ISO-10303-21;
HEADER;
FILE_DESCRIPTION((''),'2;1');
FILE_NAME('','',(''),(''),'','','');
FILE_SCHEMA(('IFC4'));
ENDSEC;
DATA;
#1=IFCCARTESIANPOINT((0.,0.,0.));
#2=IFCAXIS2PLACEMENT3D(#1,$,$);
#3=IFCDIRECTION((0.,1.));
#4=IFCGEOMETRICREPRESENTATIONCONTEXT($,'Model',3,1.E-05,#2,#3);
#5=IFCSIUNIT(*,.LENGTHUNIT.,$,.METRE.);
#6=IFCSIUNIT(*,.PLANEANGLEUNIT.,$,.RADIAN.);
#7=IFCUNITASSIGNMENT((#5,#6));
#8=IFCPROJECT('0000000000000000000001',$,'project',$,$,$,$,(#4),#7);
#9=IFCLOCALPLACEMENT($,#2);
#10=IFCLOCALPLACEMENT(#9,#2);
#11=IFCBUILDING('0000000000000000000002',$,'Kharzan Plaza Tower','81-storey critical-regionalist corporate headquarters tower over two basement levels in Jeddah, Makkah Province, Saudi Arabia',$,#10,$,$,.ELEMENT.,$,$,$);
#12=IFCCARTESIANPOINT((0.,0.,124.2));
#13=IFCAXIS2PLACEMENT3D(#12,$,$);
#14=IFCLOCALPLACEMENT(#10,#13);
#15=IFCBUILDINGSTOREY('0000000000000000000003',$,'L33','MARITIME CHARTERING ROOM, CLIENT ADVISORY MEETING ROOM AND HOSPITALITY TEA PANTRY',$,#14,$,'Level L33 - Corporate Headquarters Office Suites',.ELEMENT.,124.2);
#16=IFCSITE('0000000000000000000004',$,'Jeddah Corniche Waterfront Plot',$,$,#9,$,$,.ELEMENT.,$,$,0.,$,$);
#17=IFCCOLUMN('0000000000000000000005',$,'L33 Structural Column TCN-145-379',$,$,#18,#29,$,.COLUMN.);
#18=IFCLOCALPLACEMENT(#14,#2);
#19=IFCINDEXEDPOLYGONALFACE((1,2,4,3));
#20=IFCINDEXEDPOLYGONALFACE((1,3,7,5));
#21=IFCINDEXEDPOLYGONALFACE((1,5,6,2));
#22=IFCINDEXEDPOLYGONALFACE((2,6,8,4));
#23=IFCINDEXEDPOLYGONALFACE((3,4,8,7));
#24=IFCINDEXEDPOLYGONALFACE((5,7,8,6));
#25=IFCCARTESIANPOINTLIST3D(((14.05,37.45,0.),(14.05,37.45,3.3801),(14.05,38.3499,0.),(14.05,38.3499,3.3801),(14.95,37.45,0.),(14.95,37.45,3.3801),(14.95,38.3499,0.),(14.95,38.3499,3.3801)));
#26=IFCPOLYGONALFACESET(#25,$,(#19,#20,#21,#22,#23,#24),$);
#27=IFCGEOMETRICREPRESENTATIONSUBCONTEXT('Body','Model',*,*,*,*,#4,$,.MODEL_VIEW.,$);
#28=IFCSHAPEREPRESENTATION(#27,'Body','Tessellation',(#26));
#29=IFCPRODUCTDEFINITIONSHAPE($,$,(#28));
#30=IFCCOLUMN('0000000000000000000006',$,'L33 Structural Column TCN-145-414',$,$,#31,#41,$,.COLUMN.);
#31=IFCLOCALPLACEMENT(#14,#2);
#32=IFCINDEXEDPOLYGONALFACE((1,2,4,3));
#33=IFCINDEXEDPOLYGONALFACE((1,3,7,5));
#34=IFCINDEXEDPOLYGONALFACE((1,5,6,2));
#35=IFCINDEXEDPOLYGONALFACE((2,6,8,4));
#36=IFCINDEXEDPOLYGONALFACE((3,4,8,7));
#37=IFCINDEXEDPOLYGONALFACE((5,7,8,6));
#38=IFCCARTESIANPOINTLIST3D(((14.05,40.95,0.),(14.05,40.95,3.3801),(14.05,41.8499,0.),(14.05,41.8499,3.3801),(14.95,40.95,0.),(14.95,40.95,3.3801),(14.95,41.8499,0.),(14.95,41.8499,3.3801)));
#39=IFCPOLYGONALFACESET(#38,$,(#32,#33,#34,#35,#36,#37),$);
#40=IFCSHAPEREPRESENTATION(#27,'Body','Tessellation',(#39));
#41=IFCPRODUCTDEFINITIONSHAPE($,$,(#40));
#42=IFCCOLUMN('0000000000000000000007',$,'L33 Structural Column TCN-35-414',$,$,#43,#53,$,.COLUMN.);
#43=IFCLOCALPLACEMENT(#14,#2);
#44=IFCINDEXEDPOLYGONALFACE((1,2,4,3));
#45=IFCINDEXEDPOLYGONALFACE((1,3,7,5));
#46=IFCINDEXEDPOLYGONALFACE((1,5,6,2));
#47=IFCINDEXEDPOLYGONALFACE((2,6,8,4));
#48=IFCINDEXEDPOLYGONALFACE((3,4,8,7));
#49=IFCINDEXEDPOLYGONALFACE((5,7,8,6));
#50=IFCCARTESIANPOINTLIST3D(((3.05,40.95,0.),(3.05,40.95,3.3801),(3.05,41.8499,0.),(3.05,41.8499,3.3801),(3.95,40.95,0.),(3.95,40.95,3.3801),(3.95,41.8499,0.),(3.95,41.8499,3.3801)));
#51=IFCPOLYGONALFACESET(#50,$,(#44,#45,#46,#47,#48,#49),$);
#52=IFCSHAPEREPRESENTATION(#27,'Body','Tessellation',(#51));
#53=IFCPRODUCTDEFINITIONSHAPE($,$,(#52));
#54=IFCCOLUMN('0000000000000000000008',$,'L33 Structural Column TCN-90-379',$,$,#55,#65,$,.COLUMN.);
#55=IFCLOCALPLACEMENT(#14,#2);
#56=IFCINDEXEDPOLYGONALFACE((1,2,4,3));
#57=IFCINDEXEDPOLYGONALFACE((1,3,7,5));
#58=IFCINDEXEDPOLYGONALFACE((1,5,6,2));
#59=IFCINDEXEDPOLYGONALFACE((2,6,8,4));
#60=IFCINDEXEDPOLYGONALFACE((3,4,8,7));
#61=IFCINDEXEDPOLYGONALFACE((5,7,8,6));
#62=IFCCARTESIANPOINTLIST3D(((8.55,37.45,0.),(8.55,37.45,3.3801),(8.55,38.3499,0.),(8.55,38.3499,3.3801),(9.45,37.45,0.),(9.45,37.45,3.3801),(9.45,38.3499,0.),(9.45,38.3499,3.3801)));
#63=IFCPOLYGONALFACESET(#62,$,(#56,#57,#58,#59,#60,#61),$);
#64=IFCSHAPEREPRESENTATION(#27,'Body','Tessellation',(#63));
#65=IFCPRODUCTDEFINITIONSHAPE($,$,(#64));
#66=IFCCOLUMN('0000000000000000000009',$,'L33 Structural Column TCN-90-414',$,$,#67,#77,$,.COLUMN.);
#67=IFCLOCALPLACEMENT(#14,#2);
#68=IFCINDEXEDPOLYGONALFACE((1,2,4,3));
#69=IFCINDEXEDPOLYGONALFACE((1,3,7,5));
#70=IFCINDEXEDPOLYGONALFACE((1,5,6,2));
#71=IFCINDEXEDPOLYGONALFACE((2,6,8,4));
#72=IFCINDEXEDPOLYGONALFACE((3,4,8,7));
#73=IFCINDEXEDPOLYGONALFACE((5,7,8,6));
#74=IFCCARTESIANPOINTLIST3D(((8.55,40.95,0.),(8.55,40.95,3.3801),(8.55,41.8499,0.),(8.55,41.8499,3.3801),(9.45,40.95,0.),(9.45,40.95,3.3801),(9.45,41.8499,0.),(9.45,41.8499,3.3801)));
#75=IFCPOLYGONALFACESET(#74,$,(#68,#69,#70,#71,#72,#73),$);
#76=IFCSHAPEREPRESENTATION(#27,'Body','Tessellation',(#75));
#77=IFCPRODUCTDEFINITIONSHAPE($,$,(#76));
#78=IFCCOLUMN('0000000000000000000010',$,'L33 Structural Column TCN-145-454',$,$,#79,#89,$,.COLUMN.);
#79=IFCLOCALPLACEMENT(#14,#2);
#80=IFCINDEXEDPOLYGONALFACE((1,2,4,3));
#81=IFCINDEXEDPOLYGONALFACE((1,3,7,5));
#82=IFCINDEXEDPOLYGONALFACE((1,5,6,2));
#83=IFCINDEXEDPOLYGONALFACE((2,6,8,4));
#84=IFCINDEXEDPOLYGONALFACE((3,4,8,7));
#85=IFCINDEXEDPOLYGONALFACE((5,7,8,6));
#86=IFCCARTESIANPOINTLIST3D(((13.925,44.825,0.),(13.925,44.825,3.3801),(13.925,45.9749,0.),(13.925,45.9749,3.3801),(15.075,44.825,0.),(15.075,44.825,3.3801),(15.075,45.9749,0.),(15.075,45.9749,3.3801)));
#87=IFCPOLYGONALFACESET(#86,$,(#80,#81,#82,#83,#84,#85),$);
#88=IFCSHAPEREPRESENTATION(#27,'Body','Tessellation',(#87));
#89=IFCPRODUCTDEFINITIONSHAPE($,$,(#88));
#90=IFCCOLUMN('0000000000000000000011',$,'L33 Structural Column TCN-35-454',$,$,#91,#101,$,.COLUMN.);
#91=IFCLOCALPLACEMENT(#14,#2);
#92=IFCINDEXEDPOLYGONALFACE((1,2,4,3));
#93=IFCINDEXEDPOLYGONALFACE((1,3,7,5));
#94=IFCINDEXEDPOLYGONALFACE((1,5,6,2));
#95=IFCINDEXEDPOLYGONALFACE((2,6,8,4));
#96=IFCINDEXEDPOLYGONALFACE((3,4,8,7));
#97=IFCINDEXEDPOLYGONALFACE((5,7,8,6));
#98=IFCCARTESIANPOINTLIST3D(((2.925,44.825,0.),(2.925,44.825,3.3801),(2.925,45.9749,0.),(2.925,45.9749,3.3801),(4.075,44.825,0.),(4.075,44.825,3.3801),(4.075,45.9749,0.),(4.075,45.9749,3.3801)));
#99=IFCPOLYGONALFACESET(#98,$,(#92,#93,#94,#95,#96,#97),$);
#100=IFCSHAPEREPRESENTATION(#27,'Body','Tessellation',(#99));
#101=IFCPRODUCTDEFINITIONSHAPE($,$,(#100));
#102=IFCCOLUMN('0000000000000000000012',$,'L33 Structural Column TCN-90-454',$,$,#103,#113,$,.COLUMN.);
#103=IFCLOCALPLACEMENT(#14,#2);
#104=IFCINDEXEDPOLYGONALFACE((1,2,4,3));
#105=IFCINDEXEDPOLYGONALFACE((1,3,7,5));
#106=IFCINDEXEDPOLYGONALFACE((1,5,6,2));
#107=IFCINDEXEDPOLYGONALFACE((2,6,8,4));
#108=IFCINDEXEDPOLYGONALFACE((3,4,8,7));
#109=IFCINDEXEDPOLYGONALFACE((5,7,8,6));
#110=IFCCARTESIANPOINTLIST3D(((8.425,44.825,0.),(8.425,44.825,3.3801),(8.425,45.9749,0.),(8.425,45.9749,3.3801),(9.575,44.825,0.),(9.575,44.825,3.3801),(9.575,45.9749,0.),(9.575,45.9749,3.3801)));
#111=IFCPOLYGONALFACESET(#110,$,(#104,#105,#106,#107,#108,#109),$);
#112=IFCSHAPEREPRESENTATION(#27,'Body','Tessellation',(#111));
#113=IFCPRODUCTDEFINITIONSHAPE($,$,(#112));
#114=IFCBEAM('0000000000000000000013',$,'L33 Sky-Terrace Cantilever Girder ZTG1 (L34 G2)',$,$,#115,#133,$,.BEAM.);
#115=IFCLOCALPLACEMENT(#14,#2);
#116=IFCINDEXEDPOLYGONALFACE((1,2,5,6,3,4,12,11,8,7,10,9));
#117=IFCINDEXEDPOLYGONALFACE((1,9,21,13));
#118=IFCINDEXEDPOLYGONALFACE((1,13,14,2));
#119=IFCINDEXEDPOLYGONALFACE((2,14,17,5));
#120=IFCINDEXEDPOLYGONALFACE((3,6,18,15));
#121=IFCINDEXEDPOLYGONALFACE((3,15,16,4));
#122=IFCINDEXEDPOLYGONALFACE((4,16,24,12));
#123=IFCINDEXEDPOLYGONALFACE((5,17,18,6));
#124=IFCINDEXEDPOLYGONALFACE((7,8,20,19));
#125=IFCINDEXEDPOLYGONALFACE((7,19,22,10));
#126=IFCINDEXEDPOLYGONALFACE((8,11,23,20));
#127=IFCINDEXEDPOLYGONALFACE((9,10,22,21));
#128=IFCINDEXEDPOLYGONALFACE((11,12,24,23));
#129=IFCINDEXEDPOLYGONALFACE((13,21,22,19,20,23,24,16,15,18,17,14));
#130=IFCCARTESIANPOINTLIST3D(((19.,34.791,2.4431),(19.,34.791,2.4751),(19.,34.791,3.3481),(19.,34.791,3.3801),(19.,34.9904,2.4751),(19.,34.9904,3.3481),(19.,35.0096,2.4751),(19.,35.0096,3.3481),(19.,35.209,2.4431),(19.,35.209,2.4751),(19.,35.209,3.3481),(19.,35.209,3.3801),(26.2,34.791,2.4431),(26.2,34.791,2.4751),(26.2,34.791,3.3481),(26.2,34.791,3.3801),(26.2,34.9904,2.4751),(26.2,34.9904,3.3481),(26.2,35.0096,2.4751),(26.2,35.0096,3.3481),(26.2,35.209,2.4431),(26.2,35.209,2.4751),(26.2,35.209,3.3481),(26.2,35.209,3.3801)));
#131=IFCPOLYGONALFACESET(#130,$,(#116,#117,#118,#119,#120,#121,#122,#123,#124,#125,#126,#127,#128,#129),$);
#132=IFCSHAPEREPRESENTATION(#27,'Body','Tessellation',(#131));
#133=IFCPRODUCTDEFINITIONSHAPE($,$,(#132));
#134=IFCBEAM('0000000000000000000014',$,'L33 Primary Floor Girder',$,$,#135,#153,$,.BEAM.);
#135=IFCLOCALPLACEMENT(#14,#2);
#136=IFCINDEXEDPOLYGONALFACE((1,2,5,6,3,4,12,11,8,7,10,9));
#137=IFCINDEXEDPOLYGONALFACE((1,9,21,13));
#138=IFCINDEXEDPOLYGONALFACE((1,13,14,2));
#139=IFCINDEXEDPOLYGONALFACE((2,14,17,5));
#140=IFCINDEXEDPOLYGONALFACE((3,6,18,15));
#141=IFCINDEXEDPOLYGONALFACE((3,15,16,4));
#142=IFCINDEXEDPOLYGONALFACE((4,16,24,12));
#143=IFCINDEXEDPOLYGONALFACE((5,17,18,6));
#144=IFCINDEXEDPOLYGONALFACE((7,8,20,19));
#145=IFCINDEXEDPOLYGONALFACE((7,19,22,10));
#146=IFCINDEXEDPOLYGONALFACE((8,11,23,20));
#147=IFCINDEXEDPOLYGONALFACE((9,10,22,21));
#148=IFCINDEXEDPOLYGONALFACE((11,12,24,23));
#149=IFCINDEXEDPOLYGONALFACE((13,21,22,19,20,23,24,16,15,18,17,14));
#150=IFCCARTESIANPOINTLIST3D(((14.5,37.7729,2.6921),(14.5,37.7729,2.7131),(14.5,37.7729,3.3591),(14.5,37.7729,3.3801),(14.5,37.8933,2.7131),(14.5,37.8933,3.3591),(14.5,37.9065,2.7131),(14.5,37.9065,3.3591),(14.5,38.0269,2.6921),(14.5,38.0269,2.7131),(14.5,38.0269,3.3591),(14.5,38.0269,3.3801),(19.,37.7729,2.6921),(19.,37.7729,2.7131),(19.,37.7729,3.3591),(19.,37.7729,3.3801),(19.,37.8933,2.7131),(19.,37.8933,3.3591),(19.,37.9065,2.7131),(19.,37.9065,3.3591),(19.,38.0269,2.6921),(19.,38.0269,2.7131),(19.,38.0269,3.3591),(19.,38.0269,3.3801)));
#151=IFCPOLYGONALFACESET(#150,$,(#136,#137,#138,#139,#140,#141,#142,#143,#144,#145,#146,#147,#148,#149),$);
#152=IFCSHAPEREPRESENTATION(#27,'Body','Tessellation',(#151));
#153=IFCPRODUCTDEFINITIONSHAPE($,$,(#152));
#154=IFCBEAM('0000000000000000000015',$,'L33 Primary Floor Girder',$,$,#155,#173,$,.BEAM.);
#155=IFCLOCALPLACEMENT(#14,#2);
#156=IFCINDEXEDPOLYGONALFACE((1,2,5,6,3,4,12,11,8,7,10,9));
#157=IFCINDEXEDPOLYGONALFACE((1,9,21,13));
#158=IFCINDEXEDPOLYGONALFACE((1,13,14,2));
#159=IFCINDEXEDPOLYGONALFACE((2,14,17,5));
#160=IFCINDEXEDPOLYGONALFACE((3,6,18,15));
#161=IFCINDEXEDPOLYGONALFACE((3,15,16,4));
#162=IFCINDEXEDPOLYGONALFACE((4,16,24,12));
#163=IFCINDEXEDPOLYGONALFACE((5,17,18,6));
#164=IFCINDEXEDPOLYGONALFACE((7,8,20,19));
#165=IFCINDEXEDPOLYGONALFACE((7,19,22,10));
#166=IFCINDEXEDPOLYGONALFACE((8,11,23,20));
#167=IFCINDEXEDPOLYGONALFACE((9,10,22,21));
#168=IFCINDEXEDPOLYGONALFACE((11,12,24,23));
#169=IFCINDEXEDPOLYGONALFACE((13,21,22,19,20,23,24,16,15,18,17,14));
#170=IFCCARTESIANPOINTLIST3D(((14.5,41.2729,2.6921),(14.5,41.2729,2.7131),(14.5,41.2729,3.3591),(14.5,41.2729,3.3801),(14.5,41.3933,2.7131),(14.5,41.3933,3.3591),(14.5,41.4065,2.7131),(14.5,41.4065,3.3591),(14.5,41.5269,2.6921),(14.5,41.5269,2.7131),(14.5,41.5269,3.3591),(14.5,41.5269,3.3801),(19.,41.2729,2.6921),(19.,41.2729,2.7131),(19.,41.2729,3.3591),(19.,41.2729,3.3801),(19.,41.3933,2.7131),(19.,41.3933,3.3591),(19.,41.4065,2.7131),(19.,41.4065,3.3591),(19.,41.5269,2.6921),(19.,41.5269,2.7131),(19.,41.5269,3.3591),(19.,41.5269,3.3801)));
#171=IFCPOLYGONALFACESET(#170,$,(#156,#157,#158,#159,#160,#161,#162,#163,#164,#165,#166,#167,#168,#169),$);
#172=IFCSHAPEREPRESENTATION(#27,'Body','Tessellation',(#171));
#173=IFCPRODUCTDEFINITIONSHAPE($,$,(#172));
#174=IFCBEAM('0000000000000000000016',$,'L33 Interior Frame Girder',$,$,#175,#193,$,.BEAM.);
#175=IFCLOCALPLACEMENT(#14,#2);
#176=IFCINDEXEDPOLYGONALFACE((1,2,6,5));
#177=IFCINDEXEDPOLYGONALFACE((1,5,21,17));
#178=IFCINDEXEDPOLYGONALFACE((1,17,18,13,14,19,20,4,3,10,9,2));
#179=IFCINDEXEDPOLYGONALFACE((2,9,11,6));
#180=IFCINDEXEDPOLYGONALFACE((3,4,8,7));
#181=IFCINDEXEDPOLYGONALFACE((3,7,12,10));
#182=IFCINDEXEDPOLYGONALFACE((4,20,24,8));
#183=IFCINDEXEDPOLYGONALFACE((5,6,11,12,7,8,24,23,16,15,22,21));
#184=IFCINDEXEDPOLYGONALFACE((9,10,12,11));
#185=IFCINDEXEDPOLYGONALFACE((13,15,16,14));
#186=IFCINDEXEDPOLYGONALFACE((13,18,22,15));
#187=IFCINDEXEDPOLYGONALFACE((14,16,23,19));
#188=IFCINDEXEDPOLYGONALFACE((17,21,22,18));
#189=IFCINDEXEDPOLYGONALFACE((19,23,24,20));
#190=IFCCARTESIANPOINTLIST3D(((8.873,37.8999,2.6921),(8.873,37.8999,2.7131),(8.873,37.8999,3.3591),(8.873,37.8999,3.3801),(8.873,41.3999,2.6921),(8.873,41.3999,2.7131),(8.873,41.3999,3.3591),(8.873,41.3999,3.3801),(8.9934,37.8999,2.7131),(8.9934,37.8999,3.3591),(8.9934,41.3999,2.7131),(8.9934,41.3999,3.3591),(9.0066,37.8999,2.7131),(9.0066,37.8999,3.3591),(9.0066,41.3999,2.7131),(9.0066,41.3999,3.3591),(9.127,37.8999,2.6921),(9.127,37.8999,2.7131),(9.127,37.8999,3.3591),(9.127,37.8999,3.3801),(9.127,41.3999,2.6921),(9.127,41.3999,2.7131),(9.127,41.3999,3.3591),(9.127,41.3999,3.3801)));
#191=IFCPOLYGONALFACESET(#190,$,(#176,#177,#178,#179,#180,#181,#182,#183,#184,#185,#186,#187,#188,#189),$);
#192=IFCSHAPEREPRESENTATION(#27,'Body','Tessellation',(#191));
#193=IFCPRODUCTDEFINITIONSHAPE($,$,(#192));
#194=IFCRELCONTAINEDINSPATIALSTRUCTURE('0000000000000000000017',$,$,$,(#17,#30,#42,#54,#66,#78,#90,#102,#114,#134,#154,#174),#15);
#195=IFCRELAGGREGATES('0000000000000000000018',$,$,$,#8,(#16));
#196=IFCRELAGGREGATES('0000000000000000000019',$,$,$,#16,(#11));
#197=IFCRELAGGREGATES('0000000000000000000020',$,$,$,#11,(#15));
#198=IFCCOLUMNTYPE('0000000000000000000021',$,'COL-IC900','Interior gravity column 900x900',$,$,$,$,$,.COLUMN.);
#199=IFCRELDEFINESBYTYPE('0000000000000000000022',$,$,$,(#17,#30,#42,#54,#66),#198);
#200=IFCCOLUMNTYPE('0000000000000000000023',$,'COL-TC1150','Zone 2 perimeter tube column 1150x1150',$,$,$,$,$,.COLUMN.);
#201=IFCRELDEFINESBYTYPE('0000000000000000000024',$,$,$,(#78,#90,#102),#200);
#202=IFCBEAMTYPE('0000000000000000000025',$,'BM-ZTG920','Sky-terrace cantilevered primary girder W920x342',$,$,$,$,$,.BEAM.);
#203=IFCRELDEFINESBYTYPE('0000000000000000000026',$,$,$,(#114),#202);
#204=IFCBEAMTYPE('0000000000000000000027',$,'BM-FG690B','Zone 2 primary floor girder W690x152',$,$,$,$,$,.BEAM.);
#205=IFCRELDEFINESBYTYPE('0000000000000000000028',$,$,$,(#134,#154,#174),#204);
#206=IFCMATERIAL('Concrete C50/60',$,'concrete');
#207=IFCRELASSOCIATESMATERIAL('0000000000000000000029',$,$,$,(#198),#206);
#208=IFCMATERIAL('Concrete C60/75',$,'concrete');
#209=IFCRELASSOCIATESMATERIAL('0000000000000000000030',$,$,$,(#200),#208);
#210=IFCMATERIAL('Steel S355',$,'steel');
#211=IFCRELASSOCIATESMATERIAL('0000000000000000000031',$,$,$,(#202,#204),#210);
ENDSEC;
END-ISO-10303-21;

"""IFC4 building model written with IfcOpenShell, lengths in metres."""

from ifc_helpers import new_model, si_unit, direction, frame, origin, origin_2d, place, context, subcontext, project, spatial, rectangle, i_section, extrude, source, transform, mapped, material, material_profile, profile_set, type_object, element, save


model = new_model("IFC4")

# Units and contexts
model_context = context("Model", 3, precision=1e-05, world=origin(), true_north=direction((0.0, 1.0)))
body_context = subcontext(model_context, "Body", "Model", "MODEL_VIEW")
ifc_project = project(units=[si_unit("LENGTHUNIT", "METRE"), si_unit("PLANEANGLEUNIT", "RADIAN")], contexts=[model_context])

# Site, building, storey
site_placement = place(None, origin())
site = spatial("IfcSite", under=ifc_project, at=site_placement, Name="Jeddah Corniche Waterfront Plot", CompositionType="ELEMENT", RefElevation=0.0)
building_placement = place(site_placement, origin())
building = spatial("IfcBuilding", under=site, at=building_placement, Name="Kharzan Plaza Tower", Description="81-storey critical-regionalist corporate headquarters tower over two basement levels in Jeddah, Makkah Province, Saudi Arabia", CompositionType="ELEMENT")
storey_placement = place(building_placement, frame((0.0, 0.0, 124.2)))
storey = spatial("IfcBuildingStorey", under=building, at=storey_placement, Name="L33", Description="MARITIME CHARTERING ROOM, CLIENT ADVISORY MEETING ROOM AND HOSPITALITY TEA PANTRY", LongName="Level L33 - Corporate Headquarters Office Suites", CompositionType="ELEMENT", Elevation=124.2)

# Columns
ifc_material_1 = material(Name="Concrete C50/60", Category="concrete")
ifc_material_profile_1 = material_profile(ifc_material_1, rectangle(XDim=0.8999, YDim=0.8999, at=origin_2d()), Name="RC-IC900x900")
ifc_profile_set_1 = profile_set([ifc_material_profile_1], Name="Concrete C50/60")
column_type_1 = type_object("IfcColumnType", Name="COL-IC900", Description="Interior gravity column 900x900", PredefinedType="COLUMN", material=ifc_profile_set_1)
shared_shape_1 = source(origin(), body_context, "Body", "SweptSolid", [
    extrude(rectangle(XDim=0.8999, YDim=0.8999, at=origin_2d()), origin(), (0.0, 0.0, 1.0), 3.3801),
])
for number, where, z_axis, x_axis, name in (
    (1, (14.5, 37.8999, 0.0), (0.0, 0.0, 1.0), (1.0, 0.0, 0.0), "L33 Structural Column TCN-145-379"),
    (2, (14.5, 41.3999, 0.0), (0.0, 0.0, 1.0), (1.0, 0.0, 0.0), "L33 Structural Column TCN-145-414"),
    (3, (3.5, 41.3999, 0.0), (0.0, 0.0, 1.0), (1.0, 0.0, 0.0), "L33 Structural Column TCN-35-414"),
    (4, (9.0, 37.8999, 0.0), (0.0, 0.0, 1.0), (1.0, 0.0, 0.0), "L33 Structural Column TCN-90-379"),
    (5, (9.0, 41.3999, 0.0), (0.0, 0.0, 1.0), (1.0, 0.0, 0.0), "L33 Structural Column TCN-90-414"),
):
    element("IfcColumn", number, at=place(storey_placement, frame(where, z_axis=z_axis, x_axis=x_axis)), inside=storey, type_object=column_type_1, Name=name, PredefinedType="COLUMN", context=body_context, shape_type="MappedRepresentation", body=[
        mapped(shared_shape_1, transform((0.0, 0.0, 0.0), x_axis=(1.0, 0.0, 0.0), y_axis=(0.0, 1.0, 0.0), z_axis=(0.0, 0.0, 1.0))),
    ])
ifc_material_2 = material(Name="Concrete C60/75", Category="concrete")
ifc_material_profile_2 = material_profile(ifc_material_2, rectangle(XDim=1.1499, YDim=1.1499, at=origin_2d()), Name="RC-TC1150x1150")
ifc_profile_set_2 = profile_set([ifc_material_profile_2], Name="Concrete C60/75")
column_type_2 = type_object("IfcColumnType", Name="COL-TC1150", Description="Zone 2 perimeter tube column 1150x1150", PredefinedType="COLUMN", material=ifc_profile_set_2)
shared_shape_2 = source(origin(), body_context, "Body", "SweptSolid", [
    extrude(rectangle(XDim=1.1499, YDim=1.1499, at=origin_2d()), origin(), (0.0, 0.0, 1.0), 3.3801),
])
for number, where, z_axis, x_axis, name in (
    (6, (14.5, 45.3999, 0.0), (0.0, 0.0, 1.0), (1.0, 0.0, 0.0), "L33 Structural Column TCN-145-454"),
    (7, (3.5, 45.3999, 0.0), (0.0, 0.0, 1.0), (1.0, 0.0, 0.0), "L33 Structural Column TCN-35-454"),
    (8, (9.0, 45.3999, 0.0), (0.0, 0.0, 1.0), (1.0, 0.0, 0.0), "L33 Structural Column TCN-90-454"),
):
    element("IfcColumn", number, at=place(storey_placement, frame(where, z_axis=z_axis, x_axis=x_axis)), inside=storey, type_object=column_type_2, Name=name, PredefinedType="COLUMN", context=body_context, shape_type="MappedRepresentation", body=[
        mapped(shared_shape_2, transform((0.0, 0.0, 0.0), x_axis=(1.0, 0.0, 0.0), y_axis=(0.0, 1.0, 0.0), z_axis=(0.0, 0.0, 1.0))),
    ])

# Beams
ifc_material_3 = material(Name="Steel S355", Category="steel")
ifc_material_profile_3 = material_profile(ifc_material_3, i_section(OverallWidth=0.418, OverallDepth=0.937, WebThickness=0.0193, FlangeThickness=0.032, at=origin_2d()), Name="W920x342")
ifc_profile_set_3 = profile_set([ifc_material_profile_3], Name="Steel S355")
beam_type_1 = type_object("IfcBeamType", Name="BM-ZTG920", Description="Sky-terrace cantilevered primary girder W920x342", PredefinedType="BEAM", material=ifc_profile_set_3)
shared_shape_3 = source(origin(), body_context, "Body", "SweptSolid", [
    extrude(i_section(OverallWidth=0.418, OverallDepth=0.937, WebThickness=0.0193, FlangeThickness=0.032, at=origin_2d()), origin(), (0.0, 0.0, 1.0), 7.2),
])
beam_1_placement = place(storey_placement, frame((19.0, 35.0, 2.9116), z_axis=(1.0, 0.0, 0.0), x_axis=(0.0, 1.0, 0.0)))
element("IfcBeam", 9, at=beam_1_placement, inside=storey, type_object=beam_type_1, Name="L33 Sky-Terrace Cantilever Girder ZTG1 (L34 G2)", PredefinedType="BEAM", context=body_context, shape_type="MappedRepresentation", body=[
    mapped(shared_shape_3, transform((0.0, 0.0, 0.0), x_axis=(1.0, 0.0, 0.0), y_axis=(0.0, 1.0, 0.0), z_axis=(0.0, 0.0, 1.0))),
])
ifc_material_profile_4 = material_profile(ifc_material_3, i_section(OverallWidth=0.2539, OverallDepth=0.688, WebThickness=0.0132, FlangeThickness=0.021, at=origin_2d()), Name="W690x152")
ifc_profile_set_4 = profile_set([ifc_material_profile_4], Name="Steel S355")
beam_type_2 = type_object("IfcBeamType", Name="BM-FG690B", Description="Zone 2 primary floor girder W690x152", PredefinedType="BEAM", material=ifc_profile_set_4)
shared_shape_4 = source(origin(), body_context, "Body", "SweptSolid", [
    extrude(i_section(OverallWidth=0.2539, OverallDepth=0.688, WebThickness=0.0132, FlangeThickness=0.021, at=origin_2d()), origin(), (0.0, 0.0, 1.0), 4.5),
])
for number, where, z_axis, x_axis, name in (
    (10, (14.5, 37.8999, 3.0361), (1.0, 0.0, 0.0), (0.0, 1.0, 0.0), "L33 Primary Floor Girder"),
    (11, (14.5, 41.3999, 3.0361), (1.0, 0.0, 0.0), (0.0, 1.0, 0.0), "L33 Primary Floor Girder"),
):
    element("IfcBeam", number, at=place(storey_placement, frame(where, z_axis=z_axis, x_axis=x_axis)), inside=storey, type_object=beam_type_2, Name=name, PredefinedType="BEAM", context=body_context, shape_type="MappedRepresentation", body=[
        mapped(shared_shape_4, transform((0.0, 0.0, 0.0), x_axis=(1.0, 0.0, 0.0), y_axis=(0.0, 1.0, 0.0), z_axis=(0.0, 0.0, 1.0))),
    ])
shared_shape_5 = source(origin(), body_context, "Body", "SweptSolid", [
    extrude(i_section(OverallWidth=0.2539, OverallDepth=0.688, WebThickness=0.0132, FlangeThickness=0.021, at=origin_2d()), origin(), (0.0, 0.0, 1.0), 3.5),
])
for number, where, z_axis, x_axis, name in (
    (12, (9.0, 37.8999, 3.0361), (0.0, 1.0, 0.0), (-1.0, 0.0, 0.0), "L33 Interior Frame Girder"),
):
    element("IfcBeam", number, at=place(storey_placement, frame(where, z_axis=z_axis, x_axis=x_axis)), inside=storey, type_object=beam_type_2, Name=name, PredefinedType="BEAM", context=body_context, shape_type="MappedRepresentation", body=[
        mapped(shared_shape_5, transform((0.0, 0.0, 0.0), x_axis=(1.0, 0.0, 0.0), y_axis=(0.0, 1.0, 0.0), z_axis=(0.0, 0.0, 1.0))),
    ])

save(model, "model.ifc")
